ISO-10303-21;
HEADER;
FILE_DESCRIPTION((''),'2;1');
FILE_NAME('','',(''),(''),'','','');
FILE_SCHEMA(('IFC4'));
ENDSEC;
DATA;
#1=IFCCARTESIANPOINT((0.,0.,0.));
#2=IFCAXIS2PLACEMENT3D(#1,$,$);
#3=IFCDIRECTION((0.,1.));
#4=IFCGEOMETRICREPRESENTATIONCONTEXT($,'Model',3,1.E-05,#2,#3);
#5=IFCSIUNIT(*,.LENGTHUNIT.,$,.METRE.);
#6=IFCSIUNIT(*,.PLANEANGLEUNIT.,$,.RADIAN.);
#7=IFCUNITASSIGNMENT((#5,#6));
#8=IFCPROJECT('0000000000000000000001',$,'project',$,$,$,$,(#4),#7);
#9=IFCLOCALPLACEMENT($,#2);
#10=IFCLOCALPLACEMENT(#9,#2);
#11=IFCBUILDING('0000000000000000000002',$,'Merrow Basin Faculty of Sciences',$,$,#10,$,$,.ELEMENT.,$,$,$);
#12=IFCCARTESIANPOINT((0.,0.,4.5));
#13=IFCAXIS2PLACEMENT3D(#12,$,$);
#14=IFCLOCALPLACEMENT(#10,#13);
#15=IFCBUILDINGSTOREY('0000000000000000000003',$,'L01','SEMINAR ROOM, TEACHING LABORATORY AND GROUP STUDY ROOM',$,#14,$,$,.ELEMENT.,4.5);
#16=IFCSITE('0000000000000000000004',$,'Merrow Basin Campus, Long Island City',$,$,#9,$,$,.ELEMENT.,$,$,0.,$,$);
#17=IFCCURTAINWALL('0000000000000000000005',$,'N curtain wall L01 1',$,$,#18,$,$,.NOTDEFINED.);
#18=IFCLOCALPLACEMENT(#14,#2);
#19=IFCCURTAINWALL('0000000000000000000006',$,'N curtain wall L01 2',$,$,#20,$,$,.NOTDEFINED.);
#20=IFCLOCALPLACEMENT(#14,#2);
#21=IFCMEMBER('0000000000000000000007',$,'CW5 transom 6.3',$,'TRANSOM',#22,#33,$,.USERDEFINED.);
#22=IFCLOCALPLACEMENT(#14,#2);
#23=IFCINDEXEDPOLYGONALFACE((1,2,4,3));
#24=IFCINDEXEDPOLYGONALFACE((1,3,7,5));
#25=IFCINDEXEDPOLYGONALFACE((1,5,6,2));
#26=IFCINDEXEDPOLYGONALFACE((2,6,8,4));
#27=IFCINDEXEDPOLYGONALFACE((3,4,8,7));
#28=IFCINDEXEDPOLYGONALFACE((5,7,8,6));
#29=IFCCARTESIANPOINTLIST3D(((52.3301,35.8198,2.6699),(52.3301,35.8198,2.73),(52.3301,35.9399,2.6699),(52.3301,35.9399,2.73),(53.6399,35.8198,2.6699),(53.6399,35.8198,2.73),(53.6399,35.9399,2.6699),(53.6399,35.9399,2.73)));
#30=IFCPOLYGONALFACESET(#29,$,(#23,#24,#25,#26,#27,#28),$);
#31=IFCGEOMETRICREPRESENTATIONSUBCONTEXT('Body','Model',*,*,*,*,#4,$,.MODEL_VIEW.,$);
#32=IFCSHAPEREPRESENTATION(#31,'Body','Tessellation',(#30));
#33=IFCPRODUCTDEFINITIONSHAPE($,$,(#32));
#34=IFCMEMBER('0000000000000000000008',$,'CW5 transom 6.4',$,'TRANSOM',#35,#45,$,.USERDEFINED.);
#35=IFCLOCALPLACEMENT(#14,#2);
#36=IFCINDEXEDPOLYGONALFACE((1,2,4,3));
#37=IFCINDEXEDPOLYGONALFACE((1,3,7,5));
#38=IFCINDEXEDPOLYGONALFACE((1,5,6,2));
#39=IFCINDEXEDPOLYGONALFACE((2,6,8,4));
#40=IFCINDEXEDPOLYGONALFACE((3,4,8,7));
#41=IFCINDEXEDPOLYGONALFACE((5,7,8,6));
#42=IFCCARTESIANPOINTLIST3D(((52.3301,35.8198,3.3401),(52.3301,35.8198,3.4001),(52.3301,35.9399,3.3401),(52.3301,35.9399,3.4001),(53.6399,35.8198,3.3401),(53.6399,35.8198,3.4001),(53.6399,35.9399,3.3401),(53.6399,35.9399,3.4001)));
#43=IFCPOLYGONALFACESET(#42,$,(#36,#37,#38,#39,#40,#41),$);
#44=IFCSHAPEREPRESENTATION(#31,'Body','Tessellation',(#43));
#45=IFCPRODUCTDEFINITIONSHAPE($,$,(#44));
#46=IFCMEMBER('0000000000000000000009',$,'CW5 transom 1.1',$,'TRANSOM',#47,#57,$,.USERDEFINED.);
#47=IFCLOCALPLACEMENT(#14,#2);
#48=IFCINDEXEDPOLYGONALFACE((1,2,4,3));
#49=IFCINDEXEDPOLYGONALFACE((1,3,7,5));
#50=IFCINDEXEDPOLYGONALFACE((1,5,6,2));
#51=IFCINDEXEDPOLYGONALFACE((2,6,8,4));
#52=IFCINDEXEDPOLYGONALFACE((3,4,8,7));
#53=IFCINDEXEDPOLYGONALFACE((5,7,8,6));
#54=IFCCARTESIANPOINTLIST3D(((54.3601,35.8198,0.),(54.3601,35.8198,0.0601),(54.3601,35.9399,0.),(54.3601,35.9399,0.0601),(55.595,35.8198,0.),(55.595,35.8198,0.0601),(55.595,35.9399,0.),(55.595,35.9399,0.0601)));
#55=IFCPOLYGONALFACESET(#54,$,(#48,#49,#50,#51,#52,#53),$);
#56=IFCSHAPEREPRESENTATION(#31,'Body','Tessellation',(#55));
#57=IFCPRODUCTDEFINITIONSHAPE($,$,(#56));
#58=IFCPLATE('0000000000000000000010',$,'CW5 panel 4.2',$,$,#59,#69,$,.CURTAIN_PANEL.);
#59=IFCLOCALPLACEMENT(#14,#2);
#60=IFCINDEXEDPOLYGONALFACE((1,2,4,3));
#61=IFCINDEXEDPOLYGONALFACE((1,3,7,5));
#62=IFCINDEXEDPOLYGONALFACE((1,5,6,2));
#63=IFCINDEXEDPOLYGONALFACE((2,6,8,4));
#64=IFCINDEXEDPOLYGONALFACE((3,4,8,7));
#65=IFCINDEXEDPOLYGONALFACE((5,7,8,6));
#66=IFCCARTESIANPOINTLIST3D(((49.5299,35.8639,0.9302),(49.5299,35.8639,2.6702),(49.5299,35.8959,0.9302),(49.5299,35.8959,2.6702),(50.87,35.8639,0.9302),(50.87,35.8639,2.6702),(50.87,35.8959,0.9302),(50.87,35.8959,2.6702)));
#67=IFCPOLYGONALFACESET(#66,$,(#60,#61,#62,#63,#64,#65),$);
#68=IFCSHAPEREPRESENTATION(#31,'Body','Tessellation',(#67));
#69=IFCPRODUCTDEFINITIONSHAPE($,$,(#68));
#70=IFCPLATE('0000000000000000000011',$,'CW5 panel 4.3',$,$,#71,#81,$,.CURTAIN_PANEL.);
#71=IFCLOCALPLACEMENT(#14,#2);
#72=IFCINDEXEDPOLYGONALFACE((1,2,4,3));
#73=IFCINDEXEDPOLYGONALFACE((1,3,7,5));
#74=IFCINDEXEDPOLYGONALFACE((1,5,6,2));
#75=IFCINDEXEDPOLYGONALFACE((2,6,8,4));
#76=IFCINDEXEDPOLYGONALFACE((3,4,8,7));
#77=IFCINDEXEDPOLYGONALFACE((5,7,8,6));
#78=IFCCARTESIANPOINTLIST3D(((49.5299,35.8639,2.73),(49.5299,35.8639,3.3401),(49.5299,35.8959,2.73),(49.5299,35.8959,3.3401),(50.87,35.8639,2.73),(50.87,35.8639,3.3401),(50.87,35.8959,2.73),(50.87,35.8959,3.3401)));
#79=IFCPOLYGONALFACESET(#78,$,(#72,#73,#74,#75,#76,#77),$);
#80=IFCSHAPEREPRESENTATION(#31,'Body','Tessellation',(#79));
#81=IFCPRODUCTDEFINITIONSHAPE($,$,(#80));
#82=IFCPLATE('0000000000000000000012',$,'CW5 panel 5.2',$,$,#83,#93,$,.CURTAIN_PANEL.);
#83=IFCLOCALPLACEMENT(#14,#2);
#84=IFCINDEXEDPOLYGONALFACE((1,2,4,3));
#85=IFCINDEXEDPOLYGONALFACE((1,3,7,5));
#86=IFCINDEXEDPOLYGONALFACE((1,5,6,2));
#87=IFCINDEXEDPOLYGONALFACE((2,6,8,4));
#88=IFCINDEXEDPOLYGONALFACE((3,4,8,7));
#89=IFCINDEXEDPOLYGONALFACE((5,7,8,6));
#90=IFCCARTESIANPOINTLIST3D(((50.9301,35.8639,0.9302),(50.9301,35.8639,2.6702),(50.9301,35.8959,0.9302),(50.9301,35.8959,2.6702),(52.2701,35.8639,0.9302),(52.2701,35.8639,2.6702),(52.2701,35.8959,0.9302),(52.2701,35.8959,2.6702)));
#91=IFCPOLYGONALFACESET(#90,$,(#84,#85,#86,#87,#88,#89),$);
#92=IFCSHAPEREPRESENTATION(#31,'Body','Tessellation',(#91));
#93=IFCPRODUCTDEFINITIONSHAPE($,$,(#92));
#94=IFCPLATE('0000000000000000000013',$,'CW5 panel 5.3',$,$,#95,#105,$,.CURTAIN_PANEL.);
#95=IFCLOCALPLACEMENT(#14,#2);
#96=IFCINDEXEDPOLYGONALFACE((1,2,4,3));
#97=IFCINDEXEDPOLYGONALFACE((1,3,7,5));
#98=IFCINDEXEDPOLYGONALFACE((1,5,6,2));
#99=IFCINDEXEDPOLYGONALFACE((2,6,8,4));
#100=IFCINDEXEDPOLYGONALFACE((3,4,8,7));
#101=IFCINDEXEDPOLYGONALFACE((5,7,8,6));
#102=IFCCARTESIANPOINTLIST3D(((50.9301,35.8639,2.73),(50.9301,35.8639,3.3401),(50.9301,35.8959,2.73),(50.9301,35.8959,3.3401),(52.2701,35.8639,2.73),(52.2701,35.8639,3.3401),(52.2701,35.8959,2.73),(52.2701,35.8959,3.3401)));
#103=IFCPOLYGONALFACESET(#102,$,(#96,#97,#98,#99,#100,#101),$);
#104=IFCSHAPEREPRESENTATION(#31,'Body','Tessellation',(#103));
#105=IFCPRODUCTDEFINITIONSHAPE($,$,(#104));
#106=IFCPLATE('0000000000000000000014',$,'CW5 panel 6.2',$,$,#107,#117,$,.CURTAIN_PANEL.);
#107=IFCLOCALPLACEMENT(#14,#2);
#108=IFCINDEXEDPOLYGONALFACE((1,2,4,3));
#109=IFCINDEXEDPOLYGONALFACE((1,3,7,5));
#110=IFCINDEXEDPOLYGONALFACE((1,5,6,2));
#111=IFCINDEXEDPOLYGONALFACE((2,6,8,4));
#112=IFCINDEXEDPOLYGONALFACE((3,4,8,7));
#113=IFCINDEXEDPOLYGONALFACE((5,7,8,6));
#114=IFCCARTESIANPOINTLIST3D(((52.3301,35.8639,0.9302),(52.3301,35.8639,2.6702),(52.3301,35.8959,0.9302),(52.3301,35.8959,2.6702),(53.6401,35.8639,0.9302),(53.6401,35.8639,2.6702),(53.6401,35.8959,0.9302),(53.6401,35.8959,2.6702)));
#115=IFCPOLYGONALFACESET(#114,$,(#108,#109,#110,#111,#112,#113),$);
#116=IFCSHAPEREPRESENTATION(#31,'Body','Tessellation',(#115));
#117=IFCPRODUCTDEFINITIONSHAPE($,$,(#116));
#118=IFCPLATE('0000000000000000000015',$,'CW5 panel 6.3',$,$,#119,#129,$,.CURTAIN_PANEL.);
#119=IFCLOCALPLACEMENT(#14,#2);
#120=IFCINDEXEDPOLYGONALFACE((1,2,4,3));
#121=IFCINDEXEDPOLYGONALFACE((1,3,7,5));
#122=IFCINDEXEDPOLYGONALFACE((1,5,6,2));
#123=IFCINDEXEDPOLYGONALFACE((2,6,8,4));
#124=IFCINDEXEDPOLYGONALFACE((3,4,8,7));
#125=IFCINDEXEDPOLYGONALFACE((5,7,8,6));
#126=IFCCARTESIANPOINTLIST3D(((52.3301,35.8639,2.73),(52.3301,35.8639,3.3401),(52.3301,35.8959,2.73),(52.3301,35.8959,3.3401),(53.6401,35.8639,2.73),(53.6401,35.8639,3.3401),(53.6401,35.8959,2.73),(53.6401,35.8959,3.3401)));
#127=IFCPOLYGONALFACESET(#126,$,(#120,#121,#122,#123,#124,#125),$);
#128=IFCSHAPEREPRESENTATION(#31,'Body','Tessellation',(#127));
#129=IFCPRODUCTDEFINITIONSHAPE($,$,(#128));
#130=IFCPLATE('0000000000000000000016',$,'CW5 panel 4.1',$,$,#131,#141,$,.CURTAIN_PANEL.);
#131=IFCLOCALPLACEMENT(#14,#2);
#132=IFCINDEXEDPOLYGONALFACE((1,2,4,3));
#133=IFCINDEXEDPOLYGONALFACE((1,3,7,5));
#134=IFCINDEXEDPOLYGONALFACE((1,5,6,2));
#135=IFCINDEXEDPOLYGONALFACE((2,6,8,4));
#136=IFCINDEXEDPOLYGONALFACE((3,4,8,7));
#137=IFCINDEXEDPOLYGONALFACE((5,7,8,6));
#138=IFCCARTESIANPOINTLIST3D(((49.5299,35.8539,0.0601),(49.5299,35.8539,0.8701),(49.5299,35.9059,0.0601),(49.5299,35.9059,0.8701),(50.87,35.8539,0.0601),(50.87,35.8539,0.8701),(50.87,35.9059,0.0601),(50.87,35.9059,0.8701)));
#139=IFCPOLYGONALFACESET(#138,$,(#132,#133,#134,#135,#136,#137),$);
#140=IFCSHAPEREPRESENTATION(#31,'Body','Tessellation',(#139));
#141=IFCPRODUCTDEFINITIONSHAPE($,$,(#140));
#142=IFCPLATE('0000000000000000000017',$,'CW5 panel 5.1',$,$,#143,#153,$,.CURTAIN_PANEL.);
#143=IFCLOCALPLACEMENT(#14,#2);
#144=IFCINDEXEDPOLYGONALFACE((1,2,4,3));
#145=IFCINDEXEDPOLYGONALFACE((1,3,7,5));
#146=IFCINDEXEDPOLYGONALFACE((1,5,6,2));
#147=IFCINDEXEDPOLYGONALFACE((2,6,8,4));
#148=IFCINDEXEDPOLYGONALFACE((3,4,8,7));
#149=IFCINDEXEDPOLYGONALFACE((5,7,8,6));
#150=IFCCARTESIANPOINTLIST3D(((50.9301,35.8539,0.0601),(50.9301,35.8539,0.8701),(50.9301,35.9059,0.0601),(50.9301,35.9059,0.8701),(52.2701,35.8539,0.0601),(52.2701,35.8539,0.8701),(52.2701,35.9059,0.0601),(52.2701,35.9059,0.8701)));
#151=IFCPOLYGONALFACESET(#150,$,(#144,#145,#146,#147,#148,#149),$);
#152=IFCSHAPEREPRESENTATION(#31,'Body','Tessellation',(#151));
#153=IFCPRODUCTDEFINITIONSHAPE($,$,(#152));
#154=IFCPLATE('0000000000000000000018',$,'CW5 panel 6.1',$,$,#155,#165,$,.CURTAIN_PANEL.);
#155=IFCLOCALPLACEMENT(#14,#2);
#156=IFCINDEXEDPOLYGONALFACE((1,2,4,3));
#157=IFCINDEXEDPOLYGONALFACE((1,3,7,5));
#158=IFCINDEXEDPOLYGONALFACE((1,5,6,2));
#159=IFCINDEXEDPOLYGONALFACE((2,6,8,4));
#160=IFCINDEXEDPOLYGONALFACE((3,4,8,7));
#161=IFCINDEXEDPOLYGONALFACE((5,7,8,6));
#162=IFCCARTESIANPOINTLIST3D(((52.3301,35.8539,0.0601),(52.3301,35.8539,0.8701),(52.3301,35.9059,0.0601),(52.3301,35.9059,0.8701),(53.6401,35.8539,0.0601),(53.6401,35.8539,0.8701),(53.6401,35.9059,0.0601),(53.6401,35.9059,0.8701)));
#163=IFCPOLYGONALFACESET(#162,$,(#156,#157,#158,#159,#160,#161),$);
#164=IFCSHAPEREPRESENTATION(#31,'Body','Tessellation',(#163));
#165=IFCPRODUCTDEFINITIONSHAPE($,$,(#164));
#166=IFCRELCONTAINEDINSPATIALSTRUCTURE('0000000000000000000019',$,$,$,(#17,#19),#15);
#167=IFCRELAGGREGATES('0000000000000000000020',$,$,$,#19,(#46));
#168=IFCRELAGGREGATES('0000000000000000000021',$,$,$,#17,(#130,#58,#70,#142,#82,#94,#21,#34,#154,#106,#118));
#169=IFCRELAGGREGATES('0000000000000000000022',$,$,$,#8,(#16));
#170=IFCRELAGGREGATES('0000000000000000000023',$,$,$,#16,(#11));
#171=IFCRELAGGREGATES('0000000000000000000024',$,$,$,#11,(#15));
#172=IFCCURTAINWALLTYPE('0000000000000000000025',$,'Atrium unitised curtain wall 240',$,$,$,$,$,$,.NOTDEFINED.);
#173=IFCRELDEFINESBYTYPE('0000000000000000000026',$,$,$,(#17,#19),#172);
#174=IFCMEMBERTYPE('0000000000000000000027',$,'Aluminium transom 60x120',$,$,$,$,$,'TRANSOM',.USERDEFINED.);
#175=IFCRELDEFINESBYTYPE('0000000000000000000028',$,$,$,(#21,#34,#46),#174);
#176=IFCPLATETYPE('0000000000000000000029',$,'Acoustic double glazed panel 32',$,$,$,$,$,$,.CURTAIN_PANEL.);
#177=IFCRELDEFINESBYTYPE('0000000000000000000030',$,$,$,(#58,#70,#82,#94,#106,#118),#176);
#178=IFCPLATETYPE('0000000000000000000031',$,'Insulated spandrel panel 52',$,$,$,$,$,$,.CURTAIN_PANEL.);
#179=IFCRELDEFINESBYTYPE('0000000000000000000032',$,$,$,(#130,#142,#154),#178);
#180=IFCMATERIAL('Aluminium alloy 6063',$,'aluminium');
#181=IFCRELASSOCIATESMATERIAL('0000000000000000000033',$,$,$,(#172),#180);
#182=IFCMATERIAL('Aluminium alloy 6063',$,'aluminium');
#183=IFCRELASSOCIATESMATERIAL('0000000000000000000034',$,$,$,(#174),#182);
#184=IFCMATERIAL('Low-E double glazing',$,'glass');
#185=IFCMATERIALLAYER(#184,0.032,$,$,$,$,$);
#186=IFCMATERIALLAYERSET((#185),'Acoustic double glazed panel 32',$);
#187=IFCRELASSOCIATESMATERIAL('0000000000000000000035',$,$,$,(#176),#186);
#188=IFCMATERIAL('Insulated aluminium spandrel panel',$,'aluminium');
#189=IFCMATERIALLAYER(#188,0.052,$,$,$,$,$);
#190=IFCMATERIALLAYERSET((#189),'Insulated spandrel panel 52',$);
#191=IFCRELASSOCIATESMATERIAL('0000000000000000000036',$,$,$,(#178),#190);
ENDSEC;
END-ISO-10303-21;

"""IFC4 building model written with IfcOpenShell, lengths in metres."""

from ifc_helpers import new_model, si_unit, direction, frame, origin, origin_2d, place, context, subcontext, project, spatial, rectangle, extrude, material, layer, layer_set, material_profile, profile_set, type_object, element, aggregate, save


model = new_model("IFC4")

# Units and contexts
model_context = context("Model", 3, precision=1e-05, world=origin(), true_north=direction((0.0, 1.0)))
body_context = subcontext(model_context, "Body", "Model", "MODEL_VIEW")
ifc_project = project(units=[si_unit("LENGTHUNIT", "METRE"), si_unit("PLANEANGLEUNIT", "RADIAN")], contexts=[model_context])

# Site, building, storey
site_placement = place(None, origin())
site = spatial("IfcSite", under=ifc_project, at=site_placement, Name="Merrow Basin Campus, Long Island City", CompositionType="ELEMENT", RefElevation=0.0)
building_placement = place(site_placement, origin())
building = spatial("IfcBuilding", under=site, at=building_placement, Name="Merrow Basin Faculty of Sciences", CompositionType="ELEMENT")
storey_placement = place(building_placement, frame((0.0, 0.0, 4.5)))
storey = spatial("IfcBuildingStorey", under=building, at=storey_placement, Name="L01", Description="SEMINAR ROOM, TEACHING LABORATORY AND GROUP STUDY ROOM", CompositionType="ELEMENT", Elevation=4.5)

# Curtain wall
ifc_material_1 = material(Name="Aluminium alloy 6063", Category="aluminium")
curtain_wall_type = type_object("IfcCurtainWallType", Name="Atrium unitised curtain wall 240", PredefinedType="NOTDEFINED", material=ifc_material_1)
curtain_wall_1_placement = place(storey_placement, origin())
curtain_wall_1 = element("IfcCurtainWall", 1, at=curtain_wall_1_placement, inside=storey, type_object=curtain_wall_type, Name="N curtain wall L01 1", PredefinedType="NOTDEFINED")

# Curtain wall
curtain_wall_2_placement = place(storey_placement, origin())
curtain_wall_2 = element("IfcCurtainWall", 2, at=curtain_wall_2_placement, inside=storey, type_object=curtain_wall_type, Name="N curtain wall L01 2", PredefinedType="NOTDEFINED")

# Members
ifc_material_2 = material(Name="Aluminium alloy 6063", Category="aluminium")
ifc_material_profile_1 = material_profile(ifc_material_2, rectangle(XDim=0.1201, YDim=0.0601, at=origin_2d()))
ifc_profile_set_1 = profile_set([ifc_material_profile_1], Name="Aluminium alloy 6063")
member_type_1 = type_object("IfcMemberType", Name="Aluminium transom 60x120", ElementType="TRANSOM", PredefinedType="USERDEFINED", material=ifc_profile_set_1)
member_1_placement = place(storey_placement, frame((52.3301, 35.8799, 2.7), z_axis=(1.0, 0.0, 0.0), x_axis=(0.0, 1.0, 0.0)))
member_1 = element("IfcMember", 3, at=member_1_placement, type_object=member_type_1, Name="CW5 transom 6.3", ObjectType="TRANSOM", PredefinedType="USERDEFINED", context=body_context, shape_type="SweptSolid", body=[
    extrude(rectangle(XDim=0.1201, YDim=0.0601, at=origin_2d()), origin(), (0.0, 0.0, 1.0), 1.3098),
])
member_2_placement = place(storey_placement, frame((52.3301, 35.8799, 3.3701), z_axis=(1.0, 0.0, 0.0), x_axis=(0.0, 1.0, 0.0)))
member_2 = element("IfcMember", 4, at=member_2_placement, type_object=member_type_1, Name="CW5 transom 6.4", ObjectType="TRANSOM", PredefinedType="USERDEFINED", context=body_context, shape_type="SweptSolid", body=[
    extrude(rectangle(XDim=0.1201, YDim=0.0601, at=origin_2d()), origin(), (0.0, 0.0, 1.0), 1.3098),
])
member_3_placement = place(storey_placement, frame((54.3601, 35.8799, 0.03), z_axis=(1.0, 0.0, 0.0), x_axis=(0.0, 1.0, 0.0)))
member_3 = element("IfcMember", 5, at=member_3_placement, type_object=member_type_1, Name="CW5 transom 1.1", ObjectType="TRANSOM", PredefinedType="USERDEFINED", context=body_context, shape_type="SweptSolid", body=[
    extrude(rectangle(XDim=0.1201, YDim=0.0601, at=origin_2d()), origin(), (0.0, 0.0, 1.0), 1.2349),
])
aggregate(curtain_wall_2, [member_3])

# Plates
ifc_material_3 = material(Name="Low-E double glazing", Category="glass")
ifc_layer_1 = layer(ifc_material_3, 0.032)
ifc_layer_set_1 = layer_set([ifc_layer_1], Name="Acoustic double glazed panel 32")
plate_type_1 = type_object("IfcPlateType", Name="Acoustic double glazed panel 32", PredefinedType="CURTAIN_PANEL", material=ifc_layer_set_1)
plate_1_placement = place(storey_placement, frame((50.2, 35.8799, 0.9302), z_axis=(0.0, 0.0, 1.0), x_axis=(1.0, 0.0, 0.0)))
plate_1 = element("IfcPlate", 6, at=plate_1_placement, type_object=plate_type_1, Name="CW5 panel 4.2", PredefinedType="CURTAIN_PANEL", context=body_context, shape_type="SweptSolid", body=[
    extrude(rectangle(XDim=1.3401, YDim=0.032, at=origin_2d()), origin(), (0.0, 0.0, 1.0), 1.74),
])
plate_2_placement = place(storey_placement, frame((50.2, 35.8799, 2.73), z_axis=(0.0, 0.0, 1.0), x_axis=(1.0, 0.0, 0.0)))
plate_2 = element("IfcPlate", 7, at=plate_2_placement, type_object=plate_type_1, Name="CW5 panel 4.3", PredefinedType="CURTAIN_PANEL", context=body_context, shape_type="SweptSolid", body=[
    extrude(rectangle(XDim=1.3401, YDim=0.032, at=origin_2d()), origin(), (0.0, 0.0, 1.0), 0.6101),
])
plate_3_placement = place(storey_placement, frame((51.6001, 35.8799, 0.9302), z_axis=(0.0, 0.0, 1.0), x_axis=(1.0, 0.0, 0.0)))
plate_3 = element("IfcPlate", 8, at=plate_3_placement, type_object=plate_type_1, Name="CW5 panel 5.2", PredefinedType="CURTAIN_PANEL", context=body_context, shape_type="SweptSolid", body=[
    extrude(rectangle(XDim=1.3401, YDim=0.032, at=origin_2d()), origin(), (0.0, 0.0, 1.0), 1.74),
])
plate_4_placement = place(storey_placement, frame((51.6001, 35.8799, 2.73), z_axis=(0.0, 0.0, 1.0), x_axis=(1.0, 0.0, 0.0)))
plate_4 = element("IfcPlate", 9, at=plate_4_placement, type_object=plate_type_1, Name="CW5 panel 5.3", PredefinedType="CURTAIN_PANEL", context=body_context, shape_type="SweptSolid", body=[
    extrude(rectangle(XDim=1.3401, YDim=0.032, at=origin_2d()), origin(), (0.0, 0.0, 1.0), 0.6101),
])
plate_5_placement = place(storey_placement, frame((52.9851, 35.8799, 0.9302), z_axis=(0.0, 0.0, 1.0), x_axis=(1.0, 0.0, 0.0)))
plate_5 = element("IfcPlate", 10, at=plate_5_placement, type_object=plate_type_1, Name="CW5 panel 6.2", PredefinedType="CURTAIN_PANEL", context=body_context, shape_type="SweptSolid", body=[
    extrude(rectangle(XDim=1.3101, YDim=0.032, at=origin_2d()), origin(), (0.0, 0.0, 1.0), 1.74),
])
plate_6_placement = place(storey_placement, frame((52.9851, 35.8799, 2.73), z_axis=(0.0, 0.0, 1.0), x_axis=(1.0, 0.0, 0.0)))
plate_6 = element("IfcPlate", 11, at=plate_6_placement, type_object=plate_type_1, Name="CW5 panel 6.3", PredefinedType="CURTAIN_PANEL", context=body_context, shape_type="SweptSolid", body=[
    extrude(rectangle(XDim=1.3101, YDim=0.032, at=origin_2d()), origin(), (0.0, 0.0, 1.0), 0.6101),
])
ifc_material_4 = material(Name="Insulated aluminium spandrel panel", Category="aluminium")
ifc_layer_2 = layer(ifc_material_4, 0.052)
ifc_layer_set_2 = layer_set([ifc_layer_2], Name="Insulated spandrel panel 52")
plate_type_2 = type_object("IfcPlateType", Name="Insulated spandrel panel 52", PredefinedType="CURTAIN_PANEL", material=ifc_layer_set_2)
plate_7_placement = place(storey_placement, frame((50.2, 35.8799, 0.0601), z_axis=(0.0, 0.0, 1.0), x_axis=(1.0, 0.0, 0.0)))
plate_7 = element("IfcPlate", 12, at=plate_7_placement, type_object=plate_type_2, Name="CW5 panel 4.1", PredefinedType="CURTAIN_PANEL", context=body_context, shape_type="SweptSolid", body=[
    extrude(rectangle(XDim=1.3401, YDim=0.052, at=origin_2d()), origin(), (0.0, 0.0, 1.0), 0.8101),
])
plate_8_placement = place(storey_placement, frame((51.6001, 35.8799, 0.0601), z_axis=(0.0, 0.0, 1.0), x_axis=(1.0, 0.0, 0.0)))
plate_8 = element("IfcPlate", 13, at=plate_8_placement, type_object=plate_type_2, Name="CW5 panel 5.1", PredefinedType="CURTAIN_PANEL", context=body_context, shape_type="SweptSolid", body=[
    extrude(rectangle(XDim=1.3401, YDim=0.052, at=origin_2d()), origin(), (0.0, 0.0, 1.0), 0.8101),
])
plate_9_placement = place(storey_placement, frame((52.9851, 35.8799, 0.0601), z_axis=(0.0, 0.0, 1.0), x_axis=(1.0, 0.0, 0.0)))
plate_9 = element("IfcPlate", 14, at=plate_9_placement, type_object=plate_type_2, Name="CW5 panel 6.1", PredefinedType="CURTAIN_PANEL", context=body_context, shape_type="SweptSolid", body=[
    extrude(rectangle(XDim=1.3101, YDim=0.052, at=origin_2d()), origin(), (0.0, 0.0, 1.0), 0.8101),
])
aggregate(curtain_wall_1, [plate_7, plate_1, plate_2, plate_8, plate_3, plate_4, member_1, member_2, plate_9, plate_5, plate_6])

save(model, "model.ifc")
